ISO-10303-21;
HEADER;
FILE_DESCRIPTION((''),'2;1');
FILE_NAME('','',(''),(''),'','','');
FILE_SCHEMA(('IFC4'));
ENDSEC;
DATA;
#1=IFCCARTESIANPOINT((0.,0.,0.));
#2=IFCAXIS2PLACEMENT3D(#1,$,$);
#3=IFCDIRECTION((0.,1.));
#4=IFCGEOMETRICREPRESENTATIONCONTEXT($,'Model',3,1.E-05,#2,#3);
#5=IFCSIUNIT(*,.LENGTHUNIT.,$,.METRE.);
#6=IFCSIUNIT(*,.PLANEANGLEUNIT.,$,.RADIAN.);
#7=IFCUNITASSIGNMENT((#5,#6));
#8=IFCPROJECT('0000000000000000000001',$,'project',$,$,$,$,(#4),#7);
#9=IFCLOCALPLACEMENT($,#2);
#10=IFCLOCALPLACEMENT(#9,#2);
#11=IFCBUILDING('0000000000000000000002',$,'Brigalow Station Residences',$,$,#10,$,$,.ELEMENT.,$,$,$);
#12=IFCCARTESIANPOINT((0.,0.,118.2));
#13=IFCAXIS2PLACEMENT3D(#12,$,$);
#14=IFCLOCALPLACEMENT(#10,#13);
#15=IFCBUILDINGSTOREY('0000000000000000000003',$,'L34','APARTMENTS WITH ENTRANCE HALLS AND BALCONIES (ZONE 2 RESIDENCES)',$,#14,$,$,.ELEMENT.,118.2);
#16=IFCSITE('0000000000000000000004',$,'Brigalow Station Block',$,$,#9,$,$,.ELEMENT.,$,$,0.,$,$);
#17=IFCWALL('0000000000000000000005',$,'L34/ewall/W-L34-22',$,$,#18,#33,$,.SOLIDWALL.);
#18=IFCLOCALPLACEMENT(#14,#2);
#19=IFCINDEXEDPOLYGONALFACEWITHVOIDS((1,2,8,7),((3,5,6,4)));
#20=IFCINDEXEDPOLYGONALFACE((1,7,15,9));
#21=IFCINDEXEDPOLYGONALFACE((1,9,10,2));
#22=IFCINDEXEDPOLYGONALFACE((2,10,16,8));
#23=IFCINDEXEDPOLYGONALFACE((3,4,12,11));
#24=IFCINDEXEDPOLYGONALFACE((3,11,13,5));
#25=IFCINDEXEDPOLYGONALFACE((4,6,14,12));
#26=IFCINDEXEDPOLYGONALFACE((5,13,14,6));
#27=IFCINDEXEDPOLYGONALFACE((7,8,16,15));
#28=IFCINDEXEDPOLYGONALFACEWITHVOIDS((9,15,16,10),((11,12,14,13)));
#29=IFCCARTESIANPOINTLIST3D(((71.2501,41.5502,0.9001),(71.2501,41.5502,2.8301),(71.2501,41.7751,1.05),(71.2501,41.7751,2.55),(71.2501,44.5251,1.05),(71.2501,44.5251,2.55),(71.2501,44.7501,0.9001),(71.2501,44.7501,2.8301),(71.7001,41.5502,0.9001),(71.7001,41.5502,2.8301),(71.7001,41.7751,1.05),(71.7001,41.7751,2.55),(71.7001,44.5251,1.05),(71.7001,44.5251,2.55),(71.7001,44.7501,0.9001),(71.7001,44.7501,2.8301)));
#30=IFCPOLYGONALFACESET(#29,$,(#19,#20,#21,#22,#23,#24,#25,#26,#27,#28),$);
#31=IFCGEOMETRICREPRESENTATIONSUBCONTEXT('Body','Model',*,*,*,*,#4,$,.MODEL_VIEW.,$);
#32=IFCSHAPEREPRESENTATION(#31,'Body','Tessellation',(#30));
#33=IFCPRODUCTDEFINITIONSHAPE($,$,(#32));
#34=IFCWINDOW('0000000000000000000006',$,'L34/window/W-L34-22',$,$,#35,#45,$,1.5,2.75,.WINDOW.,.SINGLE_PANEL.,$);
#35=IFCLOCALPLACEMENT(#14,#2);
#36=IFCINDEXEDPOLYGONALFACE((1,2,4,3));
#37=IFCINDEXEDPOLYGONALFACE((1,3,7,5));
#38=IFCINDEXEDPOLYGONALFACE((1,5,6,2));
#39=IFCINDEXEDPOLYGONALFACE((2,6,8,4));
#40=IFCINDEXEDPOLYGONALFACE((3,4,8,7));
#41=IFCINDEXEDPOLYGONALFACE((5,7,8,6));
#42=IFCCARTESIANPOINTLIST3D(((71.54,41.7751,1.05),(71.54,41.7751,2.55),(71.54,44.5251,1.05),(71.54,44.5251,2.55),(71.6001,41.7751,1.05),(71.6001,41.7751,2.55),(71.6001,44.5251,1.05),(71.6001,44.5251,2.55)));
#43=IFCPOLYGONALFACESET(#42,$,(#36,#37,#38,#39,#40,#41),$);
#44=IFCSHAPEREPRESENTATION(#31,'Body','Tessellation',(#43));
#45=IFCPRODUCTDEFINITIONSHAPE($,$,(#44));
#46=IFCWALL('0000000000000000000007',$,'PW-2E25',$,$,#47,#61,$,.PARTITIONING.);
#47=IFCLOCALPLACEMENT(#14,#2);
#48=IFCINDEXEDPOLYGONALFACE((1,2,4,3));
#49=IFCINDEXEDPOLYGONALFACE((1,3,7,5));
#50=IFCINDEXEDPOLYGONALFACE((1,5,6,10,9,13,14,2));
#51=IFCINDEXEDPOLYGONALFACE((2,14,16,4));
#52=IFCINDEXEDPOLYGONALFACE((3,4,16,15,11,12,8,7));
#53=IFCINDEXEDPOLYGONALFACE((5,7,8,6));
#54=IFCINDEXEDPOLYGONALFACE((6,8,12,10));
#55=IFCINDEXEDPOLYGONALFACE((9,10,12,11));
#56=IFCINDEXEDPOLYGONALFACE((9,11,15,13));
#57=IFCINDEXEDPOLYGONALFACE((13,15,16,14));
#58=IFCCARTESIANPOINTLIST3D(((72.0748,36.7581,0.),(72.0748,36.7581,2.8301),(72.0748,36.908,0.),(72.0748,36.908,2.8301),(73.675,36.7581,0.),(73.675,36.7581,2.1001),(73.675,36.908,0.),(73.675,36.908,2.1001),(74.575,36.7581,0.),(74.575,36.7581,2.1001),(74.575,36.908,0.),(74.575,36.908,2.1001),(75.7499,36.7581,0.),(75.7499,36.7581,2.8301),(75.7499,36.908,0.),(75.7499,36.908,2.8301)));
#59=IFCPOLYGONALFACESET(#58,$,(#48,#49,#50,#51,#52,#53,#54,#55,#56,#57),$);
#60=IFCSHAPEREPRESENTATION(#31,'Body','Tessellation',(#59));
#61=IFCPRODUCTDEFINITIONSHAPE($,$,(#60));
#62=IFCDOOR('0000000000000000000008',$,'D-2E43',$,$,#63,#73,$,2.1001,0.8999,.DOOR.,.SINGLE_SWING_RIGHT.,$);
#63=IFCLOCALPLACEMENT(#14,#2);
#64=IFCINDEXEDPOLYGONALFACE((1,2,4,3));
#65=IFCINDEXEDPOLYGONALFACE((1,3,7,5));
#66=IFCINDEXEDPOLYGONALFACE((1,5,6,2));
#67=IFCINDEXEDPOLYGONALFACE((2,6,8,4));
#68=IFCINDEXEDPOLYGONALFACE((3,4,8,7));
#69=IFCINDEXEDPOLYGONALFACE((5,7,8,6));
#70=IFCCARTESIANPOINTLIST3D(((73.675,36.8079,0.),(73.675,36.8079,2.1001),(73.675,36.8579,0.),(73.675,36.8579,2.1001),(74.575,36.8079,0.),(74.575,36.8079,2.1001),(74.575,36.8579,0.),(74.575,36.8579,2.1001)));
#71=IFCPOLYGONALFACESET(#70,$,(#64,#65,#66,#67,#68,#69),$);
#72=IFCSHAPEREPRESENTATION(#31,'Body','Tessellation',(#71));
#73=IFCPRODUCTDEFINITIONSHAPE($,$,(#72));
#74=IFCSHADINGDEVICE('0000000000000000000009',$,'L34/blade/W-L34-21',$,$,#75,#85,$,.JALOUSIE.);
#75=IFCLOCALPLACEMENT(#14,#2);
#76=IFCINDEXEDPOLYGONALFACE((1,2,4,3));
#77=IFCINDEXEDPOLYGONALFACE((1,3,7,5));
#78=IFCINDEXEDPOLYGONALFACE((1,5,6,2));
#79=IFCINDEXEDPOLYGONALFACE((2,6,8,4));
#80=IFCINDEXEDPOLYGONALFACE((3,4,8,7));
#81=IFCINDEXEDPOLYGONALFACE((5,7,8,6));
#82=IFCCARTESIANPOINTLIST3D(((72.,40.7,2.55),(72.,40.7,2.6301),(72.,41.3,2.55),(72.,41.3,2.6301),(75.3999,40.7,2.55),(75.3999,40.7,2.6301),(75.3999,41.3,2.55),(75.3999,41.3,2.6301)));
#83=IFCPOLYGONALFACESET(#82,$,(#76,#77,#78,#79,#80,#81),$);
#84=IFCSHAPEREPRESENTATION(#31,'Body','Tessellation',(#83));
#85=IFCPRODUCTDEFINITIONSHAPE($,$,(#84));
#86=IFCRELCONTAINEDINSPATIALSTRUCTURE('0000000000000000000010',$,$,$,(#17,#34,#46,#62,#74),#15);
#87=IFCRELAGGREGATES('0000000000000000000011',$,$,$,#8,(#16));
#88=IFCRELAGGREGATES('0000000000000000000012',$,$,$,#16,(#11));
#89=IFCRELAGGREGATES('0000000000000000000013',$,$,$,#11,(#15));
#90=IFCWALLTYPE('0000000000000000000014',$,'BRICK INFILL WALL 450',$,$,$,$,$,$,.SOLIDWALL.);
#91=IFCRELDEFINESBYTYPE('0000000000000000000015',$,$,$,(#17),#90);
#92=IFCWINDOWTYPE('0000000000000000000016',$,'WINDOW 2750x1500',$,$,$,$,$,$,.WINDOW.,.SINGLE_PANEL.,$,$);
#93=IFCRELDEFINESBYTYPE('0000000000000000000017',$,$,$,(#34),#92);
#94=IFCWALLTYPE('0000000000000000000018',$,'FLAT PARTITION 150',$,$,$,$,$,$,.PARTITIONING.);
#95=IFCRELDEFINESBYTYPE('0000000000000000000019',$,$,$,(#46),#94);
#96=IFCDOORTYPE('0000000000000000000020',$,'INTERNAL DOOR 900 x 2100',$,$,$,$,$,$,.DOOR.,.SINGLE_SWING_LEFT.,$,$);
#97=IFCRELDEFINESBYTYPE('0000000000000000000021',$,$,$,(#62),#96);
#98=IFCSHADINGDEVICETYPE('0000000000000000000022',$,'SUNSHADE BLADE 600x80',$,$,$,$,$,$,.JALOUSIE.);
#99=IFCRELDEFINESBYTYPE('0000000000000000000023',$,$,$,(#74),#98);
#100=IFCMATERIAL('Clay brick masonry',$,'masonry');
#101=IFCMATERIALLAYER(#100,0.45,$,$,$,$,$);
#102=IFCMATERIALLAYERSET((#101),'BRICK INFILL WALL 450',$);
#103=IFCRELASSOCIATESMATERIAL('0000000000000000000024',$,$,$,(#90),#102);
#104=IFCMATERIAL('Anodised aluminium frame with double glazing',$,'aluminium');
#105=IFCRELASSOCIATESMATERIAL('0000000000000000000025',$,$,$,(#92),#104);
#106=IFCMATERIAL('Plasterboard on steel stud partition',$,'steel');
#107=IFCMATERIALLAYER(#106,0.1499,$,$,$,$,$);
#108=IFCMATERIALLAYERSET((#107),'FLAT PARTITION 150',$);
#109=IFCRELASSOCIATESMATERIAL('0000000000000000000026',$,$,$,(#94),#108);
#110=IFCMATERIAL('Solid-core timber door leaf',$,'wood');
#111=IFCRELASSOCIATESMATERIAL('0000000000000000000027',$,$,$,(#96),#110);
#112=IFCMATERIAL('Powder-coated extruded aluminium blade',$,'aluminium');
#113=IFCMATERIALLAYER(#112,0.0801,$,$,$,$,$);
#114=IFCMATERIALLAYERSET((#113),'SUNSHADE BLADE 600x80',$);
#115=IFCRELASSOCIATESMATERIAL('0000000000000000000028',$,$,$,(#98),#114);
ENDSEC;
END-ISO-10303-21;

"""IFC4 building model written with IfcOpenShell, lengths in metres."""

from ifc_helpers import new_model, si_unit, direction, frame, frame_2d, origin, origin_2d, place, context, subcontext, project, spatial, rectangle, extrude, material, layer, layer_set, type_object, element, fill, save


model = new_model("IFC4")

# Units and contexts
model_context = context("Model", 3, precision=1e-05, world=origin(), true_north=direction((0.0, 1.0)))
body_context = subcontext(model_context, "Body", "Model", "MODEL_VIEW")
ifc_project = project(units=[si_unit("LENGTHUNIT", "METRE"), si_unit("PLANEANGLEUNIT", "RADIAN")], contexts=[model_context])

# Site, building, storey
site_placement = place(None, origin())
site = spatial("IfcSite", under=ifc_project, at=site_placement, Name="Brigalow Station Block", CompositionType="ELEMENT", RefElevation=0.0)
building_placement = place(site_placement, origin())
building = spatial("IfcBuilding", under=site, at=building_placement, Name="Brigalow Station Residences", CompositionType="ELEMENT")
storey_placement = place(building_placement, frame((0.0, 0.0, 118.2)))
storey = spatial("IfcBuildingStorey", under=building, at=storey_placement, Name="L34", Description="APARTMENTS WITH ENTRANCE HALLS AND BALCONIES (ZONE 2 RESIDENCES)", CompositionType="ELEMENT", Elevation=118.2)

# Wall, opening, window
ifc_material_1 = material(Name="Clay brick masonry", Category="masonry")
ifc_layer_1 = layer(ifc_material_1, 0.45)
ifc_layer_set_1 = layer_set([ifc_layer_1], Name="BRICK INFILL WALL 450")
wall_type_1 = type_object("IfcWallType", Name="BRICK INFILL WALL 450", PredefinedType="SOLIDWALL", material=ifc_layer_set_1)
wall_1_placement = place(storey_placement, frame((71.4751, 41.55, 0.9001), z_axis=(0.0, 0.0, 1.0), x_axis=(0.0, 1.0, 0.0)))
wall_1 = element("IfcWall", 1, at=wall_1_placement, inside=storey, type_object=wall_type_1, Name="L34/ewall/W-L34-22", PredefinedType="SOLIDWALL", context=body_context, shape_type="SweptSolid", body=[
    extrude(rectangle(XDim=3.2, YDim=0.45, at=frame_2d((1.6001, 0.0))), origin(), (0.0, 0.0, 1.0), 1.9299),
])
opening_1_placement = place(wall_1_placement, frame((0.2251, 0.0, 0.1499)))
opening_1 = element("IfcOpeningElement", 2, at=opening_1_placement, cuts=wall_1, PredefinedType="OPENING", context=body_context, shape_type="SweptSolid", body=[
    extrude(rectangle(XDim=2.75, YDim=1.5, at=frame_2d((1.375, 0.75))), frame((0.0, 0.2349, 0.0), z_axis=(0.0, -1.0, 0.0), x_axis=(1.0, 0.0, 0.0)), (0.0, 0.0, 1.0), 0.47),
])
ifc_material_2 = material(Name="Anodised aluminium frame with double glazing", Category="aluminium")
window_type_1 = type_object("IfcWindowType", Name="WINDOW 2750x1500", PartitioningType="SINGLE_PANEL", PredefinedType="WINDOW", material=ifc_material_2)
window_1_placement = place(opening_1_placement, origin())
window_1 = element("IfcWindow", 3, at=window_1_placement, inside=storey, type_object=window_type_1, Name="L34/window/W-L34-22", OverallHeight=1.5, OverallWidth=2.75, PartitioningType="SINGLE_PANEL", PredefinedType="WINDOW", context=body_context, shape_type="SweptSolid", body=[
    extrude(rectangle(XDim=2.75, YDim=1.5, at=frame_2d((1.375, 0.75))), frame((0.0, -0.0649, 0.0), z_axis=(0.0, -1.0, 0.0), x_axis=(1.0, 0.0, 0.0)), (0.0, 0.0, 1.0), 0.0601),
])
fill(opening_1, window_1)

# Wall, opening, door
ifc_material_3 = material(Name="Plasterboard on steel stud partition", Category="steel")
ifc_layer_2 = layer(ifc_material_3, 0.1499)
ifc_layer_set_2 = layer_set([ifc_layer_2], Name="FLAT PARTITION 150")
wall_type_2 = type_object("IfcWallType", Name="FLAT PARTITION 150", PredefinedType="PARTITIONING", material=ifc_layer_set_2)
wall_2_placement = place(storey_placement, frame((72.075, 36.833, 0.0), z_axis=(0.0, 0.0, 1.0), x_axis=(1.0, 0.0, 0.0)))
wall_2 = element("IfcWall", 4, at=wall_2_placement, inside=storey, type_object=wall_type_2, Name="PW-2E25", PredefinedType="PARTITIONING", context=body_context, shape_type="SweptSolid", body=[
    extrude(rectangle(XDim=3.675, YDim=0.1499, at=frame_2d((1.8374, 0.0))), origin(), (0.0, 0.0, 1.0), 2.8301),
])
opening_2_placement = place(wall_2_placement, frame((1.6001, 0.0, 0.0)))
opening_2 = element("IfcOpeningElement", 5, at=opening_2_placement, cuts=wall_2, PredefinedType="OPENING", context=body_context, shape_type="SweptSolid", body=[
    extrude(rectangle(XDim=0.8999, YDim=2.1001, at=frame_2d((0.45, 1.05))), frame((0.0, 0.085, 0.0), z_axis=(0.0, -1.0, 0.0), x_axis=(1.0, 0.0, 0.0)), (0.0, 0.0, 1.0), 0.1699),
])
ifc_material_4 = material(Name="Solid-core timber door leaf", Category="wood")
door_type = type_object("IfcDoorType", Name="INTERNAL DOOR 900 x 2100", OperationType="SINGLE_SWING_LEFT", PredefinedType="DOOR", material=ifc_material_4)
door_placement = place(opening_2_placement, origin())
door = element("IfcDoor", 6, at=door_placement, inside=storey, type_object=door_type, Name="D-2E43", OperationType="SINGLE_SWING_RIGHT", OverallHeight=2.1001, OverallWidth=0.8999, PredefinedType="DOOR", context=body_context, shape_type="SweptSolid", body=[
    extrude(rectangle(XDim=0.8999, YDim=2.1001, at=frame_2d((0.45, 1.05))), frame((0.0, 0.0249, 0.0), z_axis=(0.0, -1.0, 0.0), x_axis=(1.0, 0.0, 0.0)), (0.0, 0.0, 1.0), 0.05),
])
fill(opening_2, door)

# Shading device
ifc_material_5 = material(Name="Powder-coated extruded aluminium blade", Category="aluminium")
ifc_layer_3 = layer(ifc_material_5, 0.0801)
ifc_layer_set_3 = layer_set([ifc_layer_3], Name="SUNSHADE BLADE 600x80")
shading_device_type = type_object("IfcShadingDeviceType", Name="SUNSHADE BLADE 600x80", PredefinedType="JALOUSIE", material=ifc_layer_set_3)
shading_device_placement = place(storey_placement, frame((73.7, 41.0, 2.55), z_axis=(0.0, 0.0, 1.0), x_axis=(-1.0, 0.0, 0.0)))
element("IfcShadingDevice", 7, at=shading_device_placement, inside=storey, type_object=shading_device_type, Name="L34/blade/W-L34-21", PredefinedType="JALOUSIE", context=body_context, shape_type="SweptSolid", body=[
    extrude(rectangle(XDim=3.3999, YDim=0.6001, at=origin_2d()), origin(), (0.0, 0.0, 1.0), 0.0801),
])

save(model, "model.ifc")
